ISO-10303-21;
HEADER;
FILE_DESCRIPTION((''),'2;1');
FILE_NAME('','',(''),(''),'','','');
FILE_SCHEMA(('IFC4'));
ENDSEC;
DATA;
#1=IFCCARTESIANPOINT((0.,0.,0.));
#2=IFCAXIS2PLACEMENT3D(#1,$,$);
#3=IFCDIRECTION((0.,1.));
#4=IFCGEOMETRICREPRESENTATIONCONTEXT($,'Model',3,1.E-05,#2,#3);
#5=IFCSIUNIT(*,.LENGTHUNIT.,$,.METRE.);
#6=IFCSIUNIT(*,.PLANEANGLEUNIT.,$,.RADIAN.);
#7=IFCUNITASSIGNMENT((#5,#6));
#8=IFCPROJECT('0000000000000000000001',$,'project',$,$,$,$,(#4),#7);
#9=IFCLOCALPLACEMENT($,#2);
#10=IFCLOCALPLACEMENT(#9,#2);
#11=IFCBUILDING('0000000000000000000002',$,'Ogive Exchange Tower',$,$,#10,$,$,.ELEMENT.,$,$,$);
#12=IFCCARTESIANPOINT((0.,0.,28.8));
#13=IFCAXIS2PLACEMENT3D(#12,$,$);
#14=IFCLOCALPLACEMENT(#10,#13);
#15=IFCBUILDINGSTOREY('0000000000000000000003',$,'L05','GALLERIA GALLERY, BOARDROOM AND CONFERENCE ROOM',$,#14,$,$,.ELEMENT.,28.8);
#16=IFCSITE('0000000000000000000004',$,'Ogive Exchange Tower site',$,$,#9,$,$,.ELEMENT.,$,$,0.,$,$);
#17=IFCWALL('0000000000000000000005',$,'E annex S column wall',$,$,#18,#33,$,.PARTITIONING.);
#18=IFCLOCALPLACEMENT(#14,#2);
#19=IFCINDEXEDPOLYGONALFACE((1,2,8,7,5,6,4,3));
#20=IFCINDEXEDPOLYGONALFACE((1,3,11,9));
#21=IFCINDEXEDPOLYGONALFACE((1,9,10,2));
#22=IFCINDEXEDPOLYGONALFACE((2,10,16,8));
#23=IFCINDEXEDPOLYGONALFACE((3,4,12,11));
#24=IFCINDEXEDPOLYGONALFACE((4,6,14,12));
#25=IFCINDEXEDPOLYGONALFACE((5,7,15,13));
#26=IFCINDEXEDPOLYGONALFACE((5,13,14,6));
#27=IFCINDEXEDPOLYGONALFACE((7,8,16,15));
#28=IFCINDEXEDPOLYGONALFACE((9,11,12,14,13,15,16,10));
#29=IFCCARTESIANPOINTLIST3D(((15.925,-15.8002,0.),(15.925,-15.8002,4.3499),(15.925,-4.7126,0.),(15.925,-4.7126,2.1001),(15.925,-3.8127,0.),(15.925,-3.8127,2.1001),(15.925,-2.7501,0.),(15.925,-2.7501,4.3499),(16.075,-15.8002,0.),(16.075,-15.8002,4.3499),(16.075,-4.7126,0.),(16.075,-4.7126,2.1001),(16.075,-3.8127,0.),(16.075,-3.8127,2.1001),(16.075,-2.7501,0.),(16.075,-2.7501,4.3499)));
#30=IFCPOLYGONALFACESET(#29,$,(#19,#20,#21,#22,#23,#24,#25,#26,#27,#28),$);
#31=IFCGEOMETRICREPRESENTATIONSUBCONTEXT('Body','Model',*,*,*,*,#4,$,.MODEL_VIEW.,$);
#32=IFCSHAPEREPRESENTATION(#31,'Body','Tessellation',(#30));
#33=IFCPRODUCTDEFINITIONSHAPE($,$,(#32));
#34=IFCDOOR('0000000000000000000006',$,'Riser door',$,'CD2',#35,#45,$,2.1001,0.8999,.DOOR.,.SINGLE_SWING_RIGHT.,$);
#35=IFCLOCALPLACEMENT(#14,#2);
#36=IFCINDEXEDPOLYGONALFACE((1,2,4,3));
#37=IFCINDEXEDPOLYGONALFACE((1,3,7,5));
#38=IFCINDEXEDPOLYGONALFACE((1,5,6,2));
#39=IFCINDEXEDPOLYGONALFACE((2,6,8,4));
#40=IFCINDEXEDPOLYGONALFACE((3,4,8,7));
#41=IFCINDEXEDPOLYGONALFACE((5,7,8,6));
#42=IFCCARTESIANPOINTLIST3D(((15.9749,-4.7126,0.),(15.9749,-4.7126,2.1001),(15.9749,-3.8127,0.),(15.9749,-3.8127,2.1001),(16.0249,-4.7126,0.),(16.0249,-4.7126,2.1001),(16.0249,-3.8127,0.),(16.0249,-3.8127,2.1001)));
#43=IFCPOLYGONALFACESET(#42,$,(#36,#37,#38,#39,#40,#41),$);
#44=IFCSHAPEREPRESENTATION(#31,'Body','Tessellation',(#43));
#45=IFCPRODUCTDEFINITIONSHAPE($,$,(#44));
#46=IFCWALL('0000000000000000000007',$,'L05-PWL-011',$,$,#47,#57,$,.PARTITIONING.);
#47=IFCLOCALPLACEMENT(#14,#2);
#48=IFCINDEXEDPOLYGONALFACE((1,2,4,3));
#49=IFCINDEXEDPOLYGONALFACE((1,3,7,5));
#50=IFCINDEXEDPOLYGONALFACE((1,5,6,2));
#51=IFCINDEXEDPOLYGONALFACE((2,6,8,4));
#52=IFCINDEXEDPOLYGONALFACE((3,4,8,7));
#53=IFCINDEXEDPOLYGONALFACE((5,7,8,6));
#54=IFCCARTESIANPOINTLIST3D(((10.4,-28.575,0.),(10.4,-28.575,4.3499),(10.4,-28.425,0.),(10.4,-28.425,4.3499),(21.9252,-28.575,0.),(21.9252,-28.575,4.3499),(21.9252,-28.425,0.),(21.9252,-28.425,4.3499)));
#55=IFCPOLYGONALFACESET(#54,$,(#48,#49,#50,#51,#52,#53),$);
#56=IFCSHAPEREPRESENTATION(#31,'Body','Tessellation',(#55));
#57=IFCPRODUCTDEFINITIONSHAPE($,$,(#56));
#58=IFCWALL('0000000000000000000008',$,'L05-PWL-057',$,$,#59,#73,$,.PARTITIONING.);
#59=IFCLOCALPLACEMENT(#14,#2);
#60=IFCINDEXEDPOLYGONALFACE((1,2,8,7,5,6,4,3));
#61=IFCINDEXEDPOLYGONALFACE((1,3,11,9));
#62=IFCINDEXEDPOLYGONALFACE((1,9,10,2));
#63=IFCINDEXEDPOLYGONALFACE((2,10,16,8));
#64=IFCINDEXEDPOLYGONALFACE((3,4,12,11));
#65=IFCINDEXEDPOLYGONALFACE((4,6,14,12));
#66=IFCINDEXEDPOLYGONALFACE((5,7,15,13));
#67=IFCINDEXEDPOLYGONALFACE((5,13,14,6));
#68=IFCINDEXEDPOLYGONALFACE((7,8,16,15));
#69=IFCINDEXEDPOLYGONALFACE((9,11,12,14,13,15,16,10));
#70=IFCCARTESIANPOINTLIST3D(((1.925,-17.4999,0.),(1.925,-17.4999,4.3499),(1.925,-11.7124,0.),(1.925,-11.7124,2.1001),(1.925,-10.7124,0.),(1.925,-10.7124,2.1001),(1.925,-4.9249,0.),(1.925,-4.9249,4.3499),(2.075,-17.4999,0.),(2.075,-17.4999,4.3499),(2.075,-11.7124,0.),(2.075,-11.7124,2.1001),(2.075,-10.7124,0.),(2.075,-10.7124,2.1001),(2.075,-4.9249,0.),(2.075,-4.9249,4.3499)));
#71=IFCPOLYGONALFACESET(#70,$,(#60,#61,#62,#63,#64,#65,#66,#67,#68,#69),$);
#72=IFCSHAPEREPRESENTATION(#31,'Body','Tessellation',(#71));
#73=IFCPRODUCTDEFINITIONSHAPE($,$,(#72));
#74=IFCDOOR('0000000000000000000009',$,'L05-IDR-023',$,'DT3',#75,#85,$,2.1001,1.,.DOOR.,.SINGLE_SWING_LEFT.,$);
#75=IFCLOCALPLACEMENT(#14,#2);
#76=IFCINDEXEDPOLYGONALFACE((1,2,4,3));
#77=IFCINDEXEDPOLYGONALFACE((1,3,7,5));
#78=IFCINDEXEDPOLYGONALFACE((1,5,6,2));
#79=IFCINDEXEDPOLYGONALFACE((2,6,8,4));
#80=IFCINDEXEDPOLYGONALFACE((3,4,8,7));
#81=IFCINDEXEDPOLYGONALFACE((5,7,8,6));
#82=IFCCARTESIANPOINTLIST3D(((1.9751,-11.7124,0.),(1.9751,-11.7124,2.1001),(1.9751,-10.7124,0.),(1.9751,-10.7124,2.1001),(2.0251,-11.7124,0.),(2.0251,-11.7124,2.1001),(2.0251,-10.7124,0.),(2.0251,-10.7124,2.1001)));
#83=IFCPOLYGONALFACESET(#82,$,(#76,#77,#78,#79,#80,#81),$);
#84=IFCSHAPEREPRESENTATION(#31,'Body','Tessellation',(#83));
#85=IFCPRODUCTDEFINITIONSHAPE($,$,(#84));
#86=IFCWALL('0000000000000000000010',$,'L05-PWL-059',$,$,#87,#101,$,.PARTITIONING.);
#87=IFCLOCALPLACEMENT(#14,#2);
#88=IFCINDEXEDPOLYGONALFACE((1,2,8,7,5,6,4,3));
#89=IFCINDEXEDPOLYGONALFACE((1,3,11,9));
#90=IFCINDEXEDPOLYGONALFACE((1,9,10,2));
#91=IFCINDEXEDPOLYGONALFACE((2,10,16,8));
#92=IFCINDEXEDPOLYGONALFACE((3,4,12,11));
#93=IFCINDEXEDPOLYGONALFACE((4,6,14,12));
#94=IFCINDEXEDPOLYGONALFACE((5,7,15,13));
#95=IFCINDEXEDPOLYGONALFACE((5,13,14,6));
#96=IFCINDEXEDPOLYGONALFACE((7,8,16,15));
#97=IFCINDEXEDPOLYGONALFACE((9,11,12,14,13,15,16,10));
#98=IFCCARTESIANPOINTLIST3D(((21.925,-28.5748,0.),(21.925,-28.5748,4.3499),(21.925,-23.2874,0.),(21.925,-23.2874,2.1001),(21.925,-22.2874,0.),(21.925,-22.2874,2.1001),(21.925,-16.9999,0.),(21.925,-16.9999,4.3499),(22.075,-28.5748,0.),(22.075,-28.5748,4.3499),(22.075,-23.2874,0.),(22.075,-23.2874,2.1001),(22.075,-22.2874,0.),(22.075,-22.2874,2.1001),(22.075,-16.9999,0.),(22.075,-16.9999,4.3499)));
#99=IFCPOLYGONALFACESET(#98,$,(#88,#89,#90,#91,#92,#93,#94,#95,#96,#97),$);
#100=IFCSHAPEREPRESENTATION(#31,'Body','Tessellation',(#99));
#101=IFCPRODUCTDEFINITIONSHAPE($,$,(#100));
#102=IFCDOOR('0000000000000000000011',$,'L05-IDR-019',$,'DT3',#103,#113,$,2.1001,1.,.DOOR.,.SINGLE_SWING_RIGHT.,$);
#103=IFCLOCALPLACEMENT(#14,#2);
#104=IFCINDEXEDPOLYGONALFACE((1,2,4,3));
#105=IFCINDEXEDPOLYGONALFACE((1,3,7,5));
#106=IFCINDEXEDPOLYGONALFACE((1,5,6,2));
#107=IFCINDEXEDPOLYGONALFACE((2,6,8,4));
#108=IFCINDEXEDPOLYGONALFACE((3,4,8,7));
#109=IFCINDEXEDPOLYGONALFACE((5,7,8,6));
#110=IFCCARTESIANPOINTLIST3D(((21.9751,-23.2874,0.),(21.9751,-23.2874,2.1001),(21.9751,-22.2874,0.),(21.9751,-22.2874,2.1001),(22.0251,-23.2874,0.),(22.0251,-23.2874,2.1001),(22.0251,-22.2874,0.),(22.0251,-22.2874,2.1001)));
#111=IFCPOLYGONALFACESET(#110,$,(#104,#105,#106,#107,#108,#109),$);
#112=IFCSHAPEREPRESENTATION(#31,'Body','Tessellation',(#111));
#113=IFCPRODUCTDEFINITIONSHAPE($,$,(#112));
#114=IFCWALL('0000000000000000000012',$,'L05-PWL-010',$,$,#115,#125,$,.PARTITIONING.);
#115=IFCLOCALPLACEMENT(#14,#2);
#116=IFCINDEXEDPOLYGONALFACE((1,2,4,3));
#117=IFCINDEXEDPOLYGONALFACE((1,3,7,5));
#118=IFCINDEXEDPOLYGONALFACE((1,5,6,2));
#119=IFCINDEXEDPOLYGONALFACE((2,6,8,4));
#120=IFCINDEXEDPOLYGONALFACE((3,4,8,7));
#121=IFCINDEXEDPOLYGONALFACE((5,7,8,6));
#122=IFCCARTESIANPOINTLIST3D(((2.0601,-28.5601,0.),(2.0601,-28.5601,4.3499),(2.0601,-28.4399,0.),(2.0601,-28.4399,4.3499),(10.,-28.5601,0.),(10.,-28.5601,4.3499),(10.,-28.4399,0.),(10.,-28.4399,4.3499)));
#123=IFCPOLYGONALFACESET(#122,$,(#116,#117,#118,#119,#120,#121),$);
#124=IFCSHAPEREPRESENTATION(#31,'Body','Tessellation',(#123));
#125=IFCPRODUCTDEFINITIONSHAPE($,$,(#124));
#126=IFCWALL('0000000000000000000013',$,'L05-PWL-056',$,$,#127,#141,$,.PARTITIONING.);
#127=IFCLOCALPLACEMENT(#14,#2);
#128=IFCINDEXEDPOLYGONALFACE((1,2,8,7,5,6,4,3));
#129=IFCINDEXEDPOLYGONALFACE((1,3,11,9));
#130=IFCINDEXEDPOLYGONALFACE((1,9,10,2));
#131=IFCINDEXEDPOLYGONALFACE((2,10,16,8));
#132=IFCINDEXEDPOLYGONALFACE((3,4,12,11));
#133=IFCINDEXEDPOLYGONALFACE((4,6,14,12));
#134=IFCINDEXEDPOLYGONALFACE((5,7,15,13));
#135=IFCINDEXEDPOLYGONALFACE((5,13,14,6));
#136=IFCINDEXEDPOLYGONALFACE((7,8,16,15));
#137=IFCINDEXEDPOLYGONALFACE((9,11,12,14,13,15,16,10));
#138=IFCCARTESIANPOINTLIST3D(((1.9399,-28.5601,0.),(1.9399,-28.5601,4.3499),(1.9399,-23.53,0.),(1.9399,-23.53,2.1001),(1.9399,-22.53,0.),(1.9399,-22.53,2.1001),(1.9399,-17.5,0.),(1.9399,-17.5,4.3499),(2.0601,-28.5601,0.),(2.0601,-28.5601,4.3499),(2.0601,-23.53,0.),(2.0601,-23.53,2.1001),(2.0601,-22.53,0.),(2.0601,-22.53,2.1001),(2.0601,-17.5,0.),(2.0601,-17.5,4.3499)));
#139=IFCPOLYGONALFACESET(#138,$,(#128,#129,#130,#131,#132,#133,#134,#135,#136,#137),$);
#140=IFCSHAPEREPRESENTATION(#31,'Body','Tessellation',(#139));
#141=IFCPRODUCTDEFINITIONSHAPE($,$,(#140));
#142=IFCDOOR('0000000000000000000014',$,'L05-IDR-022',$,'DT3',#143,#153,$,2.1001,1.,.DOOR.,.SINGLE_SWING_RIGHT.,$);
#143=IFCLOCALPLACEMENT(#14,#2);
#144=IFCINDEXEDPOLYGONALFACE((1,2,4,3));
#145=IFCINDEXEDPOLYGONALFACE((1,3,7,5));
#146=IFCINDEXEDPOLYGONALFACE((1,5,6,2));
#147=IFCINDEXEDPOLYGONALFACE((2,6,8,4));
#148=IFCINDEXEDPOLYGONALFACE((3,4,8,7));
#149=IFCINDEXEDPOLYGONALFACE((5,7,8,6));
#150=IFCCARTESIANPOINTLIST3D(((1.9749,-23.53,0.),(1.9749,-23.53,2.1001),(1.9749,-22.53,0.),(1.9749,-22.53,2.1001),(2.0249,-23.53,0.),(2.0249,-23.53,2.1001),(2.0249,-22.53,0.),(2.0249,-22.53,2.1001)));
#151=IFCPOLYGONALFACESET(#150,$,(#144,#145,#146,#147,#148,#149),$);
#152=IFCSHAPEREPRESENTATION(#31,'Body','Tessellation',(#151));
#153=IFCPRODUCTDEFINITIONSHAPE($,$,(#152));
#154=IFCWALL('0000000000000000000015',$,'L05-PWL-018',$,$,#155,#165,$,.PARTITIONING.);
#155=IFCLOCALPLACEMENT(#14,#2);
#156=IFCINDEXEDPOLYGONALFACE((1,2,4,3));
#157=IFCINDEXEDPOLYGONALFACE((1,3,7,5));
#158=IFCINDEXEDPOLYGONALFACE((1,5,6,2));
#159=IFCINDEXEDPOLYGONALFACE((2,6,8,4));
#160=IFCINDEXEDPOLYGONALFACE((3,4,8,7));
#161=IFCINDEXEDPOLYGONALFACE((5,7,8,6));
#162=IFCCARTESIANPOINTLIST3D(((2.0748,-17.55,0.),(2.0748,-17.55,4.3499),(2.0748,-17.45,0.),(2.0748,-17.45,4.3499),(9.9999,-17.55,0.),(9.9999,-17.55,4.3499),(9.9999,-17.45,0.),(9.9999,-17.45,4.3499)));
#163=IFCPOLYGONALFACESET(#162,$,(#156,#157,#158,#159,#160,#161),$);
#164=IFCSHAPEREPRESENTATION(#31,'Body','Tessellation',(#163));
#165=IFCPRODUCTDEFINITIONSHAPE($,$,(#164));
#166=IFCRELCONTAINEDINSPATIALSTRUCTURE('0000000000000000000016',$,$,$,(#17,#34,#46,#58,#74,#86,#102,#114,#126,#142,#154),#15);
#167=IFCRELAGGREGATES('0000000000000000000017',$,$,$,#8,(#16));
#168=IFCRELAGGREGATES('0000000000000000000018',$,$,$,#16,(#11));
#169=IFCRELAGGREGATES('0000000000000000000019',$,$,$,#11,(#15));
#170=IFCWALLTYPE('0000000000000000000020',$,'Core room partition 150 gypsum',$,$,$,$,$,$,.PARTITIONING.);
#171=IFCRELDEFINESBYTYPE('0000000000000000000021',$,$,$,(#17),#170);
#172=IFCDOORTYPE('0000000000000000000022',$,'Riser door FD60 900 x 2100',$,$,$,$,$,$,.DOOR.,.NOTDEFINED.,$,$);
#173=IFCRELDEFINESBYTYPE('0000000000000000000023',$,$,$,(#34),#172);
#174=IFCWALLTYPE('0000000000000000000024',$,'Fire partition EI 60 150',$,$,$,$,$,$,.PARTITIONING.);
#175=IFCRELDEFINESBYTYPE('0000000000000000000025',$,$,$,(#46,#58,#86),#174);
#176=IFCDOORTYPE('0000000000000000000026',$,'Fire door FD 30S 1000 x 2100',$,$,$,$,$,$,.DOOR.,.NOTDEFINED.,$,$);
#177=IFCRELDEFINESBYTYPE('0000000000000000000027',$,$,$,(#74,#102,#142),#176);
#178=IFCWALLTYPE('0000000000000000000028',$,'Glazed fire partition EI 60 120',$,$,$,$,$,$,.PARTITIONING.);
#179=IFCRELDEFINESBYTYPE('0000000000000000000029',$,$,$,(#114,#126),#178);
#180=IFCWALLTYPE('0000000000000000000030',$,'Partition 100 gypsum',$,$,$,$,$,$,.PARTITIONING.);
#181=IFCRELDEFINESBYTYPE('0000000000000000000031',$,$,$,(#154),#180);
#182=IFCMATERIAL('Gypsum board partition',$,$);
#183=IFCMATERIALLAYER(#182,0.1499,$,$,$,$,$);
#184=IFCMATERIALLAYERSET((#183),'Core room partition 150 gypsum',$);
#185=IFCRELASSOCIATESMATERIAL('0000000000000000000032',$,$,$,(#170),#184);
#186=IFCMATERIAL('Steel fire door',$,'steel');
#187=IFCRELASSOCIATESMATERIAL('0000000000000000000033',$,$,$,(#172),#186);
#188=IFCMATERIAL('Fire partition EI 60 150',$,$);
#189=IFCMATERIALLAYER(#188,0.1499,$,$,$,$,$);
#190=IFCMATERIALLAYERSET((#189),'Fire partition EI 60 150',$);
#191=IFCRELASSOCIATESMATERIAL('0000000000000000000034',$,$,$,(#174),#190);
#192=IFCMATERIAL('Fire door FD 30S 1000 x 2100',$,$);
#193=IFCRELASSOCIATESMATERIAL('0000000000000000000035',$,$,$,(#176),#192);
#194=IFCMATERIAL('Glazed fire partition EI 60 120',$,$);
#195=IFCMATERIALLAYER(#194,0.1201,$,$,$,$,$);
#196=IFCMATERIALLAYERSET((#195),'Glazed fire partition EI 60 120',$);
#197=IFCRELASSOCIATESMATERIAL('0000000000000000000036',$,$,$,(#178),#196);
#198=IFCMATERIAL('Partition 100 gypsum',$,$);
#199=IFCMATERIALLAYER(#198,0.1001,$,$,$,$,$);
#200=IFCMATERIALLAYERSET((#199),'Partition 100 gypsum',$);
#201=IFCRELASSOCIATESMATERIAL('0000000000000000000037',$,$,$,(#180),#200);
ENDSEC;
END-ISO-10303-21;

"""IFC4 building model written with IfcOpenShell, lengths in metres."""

from ifc_helpers import new_model, si_unit, direction, frame, frame_2d, origin, place, context, subcontext, project, spatial, rectangle, extrude, material, layer, layer_set, type_object, element, fill, save


model = new_model("IFC4")

# Units and contexts
model_context = context("Model", 3, precision=1e-05, world=origin(), true_north=direction((0.0, 1.0)))
body_context = subcontext(model_context, "Body", "Model", "MODEL_VIEW")
ifc_project = project(units=[si_unit("LENGTHUNIT", "METRE"), si_unit("PLANEANGLEUNIT", "RADIAN")], contexts=[model_context])

# Site, building, storey
site_placement = place(None, origin())
site = spatial("IfcSite", under=ifc_project, at=site_placement, Name="Ogive Exchange Tower site", CompositionType="ELEMENT", RefElevation=0.0)
building_placement = place(site_placement, origin())
building = spatial("IfcBuilding", under=site, at=building_placement, Name="Ogive Exchange Tower", CompositionType="ELEMENT")
storey_placement = place(building_placement, frame((0.0, 0.0, 28.8)))
storey = spatial("IfcBuildingStorey", under=building, at=storey_placement, Name="L05", Description="GALLERIA GALLERY, BOARDROOM AND CONFERENCE ROOM", CompositionType="ELEMENT", Elevation=28.8)

# Wall, opening, door
ifc_material_1 = material(Name="Gypsum board partition")
ifc_layer_1 = layer(ifc_material_1, 0.1499)
ifc_layer_set_1 = layer_set([ifc_layer_1], Name="Core room partition 150 gypsum")
wall_type_1 = type_object("IfcWallType", Name="Core room partition 150 gypsum", PredefinedType="PARTITIONING", material=ifc_layer_set_1)
wall_1_placement = place(storey_placement, frame((16.0, -15.8, 0.0), z_axis=(0.0, 0.0, 1.0), x_axis=(0.0, 1.0, 0.0)))
wall_1 = element("IfcWall", 1, at=wall_1_placement, inside=storey, type_object=wall_type_1, Name="E annex S column wall", PredefinedType="PARTITIONING", context=body_context, shape_type="SweptSolid", body=[
    extrude(rectangle(XDim=13.05, YDim=0.1499, at=frame_2d((6.5249, 0.0))), origin(), (0.0, 0.0, 1.0), 4.3499),
])
opening_1_placement = place(wall_1_placement, frame((11.0874, 0.0, 0.0)))
opening_1 = element("IfcOpeningElement", 2, at=opening_1_placement, cuts=wall_1, PredefinedType="OPENING", context=body_context, shape_type="SweptSolid", body=[
    extrude(rectangle(XDim=0.8999, YDim=2.1001, at=frame_2d((0.45, 1.05))), frame((0.0, 0.085, 0.0), z_axis=(0.0, -1.0, 0.0), x_axis=(1.0, 0.0, 0.0)), (0.0, 0.0, 1.0), 0.1699),
])
ifc_material_2 = material(Name="Steel fire door", Category="steel")
door_type_1 = type_object("IfcDoorType", Name="Riser door FD60 900 x 2100", OperationType="NOTDEFINED", PredefinedType="DOOR", material=ifc_material_2)
door_1_placement = place(opening_1_placement, frame((0.8999, 0.0, 0.0), z_axis=(0.0, 0.0, 1.0), x_axis=(-1.0, 0.0, 0.0)))
door_1 = element("IfcDoor", 3, at=door_1_placement, inside=storey, type_object=door_type_1, Name="Riser door", ObjectType="CD2", OperationType="SINGLE_SWING_RIGHT", OverallHeight=2.1001, OverallWidth=0.8999, PredefinedType="DOOR", context=body_context, shape_type="SweptSolid", body=[
    extrude(rectangle(XDim=0.8999, YDim=2.1001, at=frame_2d((0.45, 1.05))), frame((0.0, 0.0249, 0.0), z_axis=(0.0, -1.0, 0.0), x_axis=(1.0, 0.0, 0.0)), (0.0, 0.0, 1.0), 0.05),
])
fill(opening_1, door_1)

# Wall
ifc_material_3 = material(Name="Fire partition EI 60 150")
ifc_layer_2 = layer(ifc_material_3, 0.1499)
ifc_layer_set_2 = layer_set([ifc_layer_2], Name="Fire partition EI 60 150")
wall_type_2 = type_object("IfcWallType", Name="Fire partition EI 60 150", PredefinedType="PARTITIONING", material=ifc_layer_set_2)
wall_2_placement = place(storey_placement, frame((10.3999, -28.5, 0.0), z_axis=(0.0, 0.0, 1.0), x_axis=(1.0, 0.0, 0.0)))
element("IfcWall", 4, at=wall_2_placement, inside=storey, type_object=wall_type_2, Name="L05-PWL-011", PredefinedType="PARTITIONING", context=body_context, shape_type="SweptSolid", body=[
    extrude(rectangle(XDim=11.5251, YDim=0.1499, at=frame_2d((5.7627, 0.0))), origin(), (0.0, 0.0, 1.0), 4.3499),
])

# Walls, openings, doors
wall_3_placement = place(storey_placement, frame((2.0, -17.5, 0.0), z_axis=(0.0, 0.0, 1.0), x_axis=(0.0, 1.0, 0.0)))
wall_3 = element("IfcWall", 5, at=wall_3_placement, inside=storey, type_object=wall_type_2, Name="L05-PWL-057", PredefinedType="PARTITIONING", context=body_context, shape_type="SweptSolid", body=[
    extrude(rectangle(XDim=12.575, YDim=0.1499, at=frame_2d((6.2876, 0.0))), origin(), (0.0, 0.0, 1.0), 4.3499),
])
opening_2_placement = place(wall_3_placement, frame((5.7876, 0.0, 0.0)))
opening_2 = element("IfcOpeningElement", 6, at=opening_2_placement, cuts=wall_3, PredefinedType="OPENING", context=body_context, shape_type="SweptSolid", body=[
    extrude(rectangle(XDim=1.0, YDim=2.1001, at=frame_2d((0.5, 1.05))), frame((0.0, 0.085, 0.0), z_axis=(0.0, -1.0, 0.0), x_axis=(1.0, 0.0, 0.0)), (0.0, 0.0, 1.0), 0.1699),
])
ifc_material_4 = material(Name="Fire door FD 30S 1000 x 2100")
door_type_2 = type_object("IfcDoorType", Name="Fire door FD 30S 1000 x 2100", OperationType="NOTDEFINED", PredefinedType="DOOR", material=ifc_material_4)
door_2_placement = place(opening_2_placement, origin())
door_2 = element("IfcDoor", 7, at=door_2_placement, inside=storey, type_object=door_type_2, Name="L05-IDR-023", ObjectType="DT3", OperationType="SINGLE_SWING_LEFT", OverallHeight=2.1001, OverallWidth=1.0, PredefinedType="DOOR", context=body_context, shape_type="SweptSolid", body=[
    extrude(rectangle(XDim=1.0, YDim=2.1001, at=frame_2d((0.5, 1.05))), frame((0.0, 0.0249, 0.0), z_axis=(0.0, -1.0, 0.0), x_axis=(1.0, 0.0, 0.0)), (0.0, 0.0, 1.0), 0.05),
])
fill(opening_2, door_2)
wall_4_placement = place(storey_placement, frame((22.0, -28.575, 0.0), z_axis=(0.0, 0.0, 1.0), x_axis=(0.0, 1.0, 0.0)))
wall_4 = element("IfcWall", 8, at=wall_4_placement, inside=storey, type_object=wall_type_2, Name="L05-PWL-059", PredefinedType="PARTITIONING", context=body_context, shape_type="SweptSolid", body=[
    extrude(rectangle(XDim=11.575, YDim=0.1499, at=frame_2d((5.7876, 0.0))), origin(), (0.0, 0.0, 1.0), 4.3499),
])
opening_3_placement = place(wall_4_placement, frame((5.2876, 0.0, 0.0)))
opening_3 = element("IfcOpeningElement", 9, at=opening_3_placement, cuts=wall_4, PredefinedType="OPENING", context=body_context, shape_type="SweptSolid", body=[
    extrude(rectangle(XDim=1.0, YDim=2.1001, at=frame_2d((0.5, 1.05))), frame((0.0, 0.085, 0.0), z_axis=(0.0, -1.0, 0.0), x_axis=(1.0, 0.0, 0.0)), (0.0, 0.0, 1.0), 0.1699),
])
door_3_placement = place(opening_3_placement, origin())
door_3 = element("IfcDoor", 10, at=door_3_placement, inside=storey, type_object=door_type_2, Name="L05-IDR-019", ObjectType="DT3", OperationType="SINGLE_SWING_RIGHT", OverallHeight=2.1001, OverallWidth=1.0, PredefinedType="DOOR", context=body_context, shape_type="SweptSolid", body=[
    extrude(rectangle(XDim=1.0, YDim=2.1001, at=frame_2d((0.5, 1.05))), frame((0.0, 0.0249, 0.0), z_axis=(0.0, -1.0, 0.0), x_axis=(1.0, 0.0, 0.0)), (0.0, 0.0, 1.0), 0.05),
])
fill(opening_3, door_3)

# Wall
ifc_material_5 = material(Name="Glazed fire partition EI 60 120")
ifc_layer_3 = layer(ifc_material_5, 0.1201)
ifc_layer_set_3 = layer_set([ifc_layer_3], Name="Glazed fire partition EI 60 120")
wall_type_3 = type_object("IfcWallType", Name="Glazed fire partition EI 60 120", PredefinedType="PARTITIONING", material=ifc_layer_set_3)
wall_5_placement = place(storey_placement, frame((2.0601, -28.5, 0.0), z_axis=(0.0, 0.0, 1.0), x_axis=(1.0, 0.0, 0.0)))
element("IfcWall", 11, at=wall_5_placement, inside=storey, type_object=wall_type_3, Name="L05-PWL-010", PredefinedType="PARTITIONING", context=body_context, shape_type="SweptSolid", body=[
    extrude(rectangle(XDim=7.9399, YDim=0.1201, at=frame_2d((3.97, 0.0))), origin(), (0.0, 0.0, 1.0), 4.3499),
])

# Wall, opening, door
wall_6_placement = place(storey_placement, frame((2.0, -28.5601, 0.0), z_axis=(0.0, 0.0, 1.0), x_axis=(0.0, 1.0, 0.0)))
wall_6 = element("IfcWall", 12, at=wall_6_placement, inside=storey, type_object=wall_type_3, Name="L05-PWL-056", PredefinedType="PARTITIONING", context=body_context, shape_type="SweptSolid", body=[
    extrude(rectangle(XDim=11.0601, YDim=0.1201, at=frame_2d((5.53, 0.0))), origin(), (0.0, 0.0, 1.0), 4.3499),
])
opening_4_placement = place(wall_6_placement, frame((5.03, 0.0, 0.0)))
opening_4 = element("IfcOpeningElement", 13, at=opening_4_placement, cuts=wall_6, PredefinedType="OPENING", context=body_context, shape_type="SweptSolid", body=[
    extrude(rectangle(XDim=1.0, YDim=2.1001, at=frame_2d((0.5, 1.05))), frame((0.0, 0.0701, 0.0), z_axis=(0.0, -1.0, 0.0), x_axis=(1.0, 0.0, 0.0)), (0.0, 0.0, 1.0), 0.1401),
])
door_4_placement = place(opening_4_placement, frame((1.0, 0.0, 0.0), z_axis=(0.0, 0.0, 1.0), x_axis=(-1.0, 0.0, 0.0)))
door_4 = element("IfcDoor", 14, at=door_4_placement, inside=storey, type_object=door_type_2, Name="L05-IDR-022", ObjectType="DT3", OperationType="SINGLE_SWING_RIGHT", OverallHeight=2.1001, OverallWidth=1.0, PredefinedType="DOOR", context=body_context, shape_type="SweptSolid", body=[
    extrude(rectangle(XDim=1.0, YDim=2.1001, at=frame_2d((0.5, 1.05))), frame((0.0, 0.0249, 0.0), z_axis=(0.0, -1.0, 0.0), x_axis=(1.0, 0.0, 0.0)), (0.0, 0.0, 1.0), 0.05),
])
fill(opening_4, door_4)

# Wall
ifc_material_6 = material(Name="Partition 100 gypsum")
ifc_layer_4 = layer(ifc_material_6, 0.1001)
ifc_layer_set_4 = layer_set([ifc_layer_4], Name="Partition 100 gypsum")
wall_type_4 = type_object("IfcWallType", Name="Partition 100 gypsum", PredefinedType="PARTITIONING", material=ifc_layer_set_4)
wall_7_placement = place(storey_placement, frame((2.075, -17.5, 0.0), z_axis=(0.0, 0.0, 1.0), x_axis=(1.0, 0.0, 0.0)))
element("IfcWall", 15, at=wall_7_placement, inside=storey, type_object=wall_type_4, Name="L05-PWL-018", PredefinedType="PARTITIONING", context=body_context, shape_type="SweptSolid", body=[
    extrude(rectangle(XDim=7.925, YDim=0.1001, at=frame_2d((3.9624, 0.0))), origin(), (0.0, 0.0, 1.0), 4.3499),
])

save(model, "model.ifc")
